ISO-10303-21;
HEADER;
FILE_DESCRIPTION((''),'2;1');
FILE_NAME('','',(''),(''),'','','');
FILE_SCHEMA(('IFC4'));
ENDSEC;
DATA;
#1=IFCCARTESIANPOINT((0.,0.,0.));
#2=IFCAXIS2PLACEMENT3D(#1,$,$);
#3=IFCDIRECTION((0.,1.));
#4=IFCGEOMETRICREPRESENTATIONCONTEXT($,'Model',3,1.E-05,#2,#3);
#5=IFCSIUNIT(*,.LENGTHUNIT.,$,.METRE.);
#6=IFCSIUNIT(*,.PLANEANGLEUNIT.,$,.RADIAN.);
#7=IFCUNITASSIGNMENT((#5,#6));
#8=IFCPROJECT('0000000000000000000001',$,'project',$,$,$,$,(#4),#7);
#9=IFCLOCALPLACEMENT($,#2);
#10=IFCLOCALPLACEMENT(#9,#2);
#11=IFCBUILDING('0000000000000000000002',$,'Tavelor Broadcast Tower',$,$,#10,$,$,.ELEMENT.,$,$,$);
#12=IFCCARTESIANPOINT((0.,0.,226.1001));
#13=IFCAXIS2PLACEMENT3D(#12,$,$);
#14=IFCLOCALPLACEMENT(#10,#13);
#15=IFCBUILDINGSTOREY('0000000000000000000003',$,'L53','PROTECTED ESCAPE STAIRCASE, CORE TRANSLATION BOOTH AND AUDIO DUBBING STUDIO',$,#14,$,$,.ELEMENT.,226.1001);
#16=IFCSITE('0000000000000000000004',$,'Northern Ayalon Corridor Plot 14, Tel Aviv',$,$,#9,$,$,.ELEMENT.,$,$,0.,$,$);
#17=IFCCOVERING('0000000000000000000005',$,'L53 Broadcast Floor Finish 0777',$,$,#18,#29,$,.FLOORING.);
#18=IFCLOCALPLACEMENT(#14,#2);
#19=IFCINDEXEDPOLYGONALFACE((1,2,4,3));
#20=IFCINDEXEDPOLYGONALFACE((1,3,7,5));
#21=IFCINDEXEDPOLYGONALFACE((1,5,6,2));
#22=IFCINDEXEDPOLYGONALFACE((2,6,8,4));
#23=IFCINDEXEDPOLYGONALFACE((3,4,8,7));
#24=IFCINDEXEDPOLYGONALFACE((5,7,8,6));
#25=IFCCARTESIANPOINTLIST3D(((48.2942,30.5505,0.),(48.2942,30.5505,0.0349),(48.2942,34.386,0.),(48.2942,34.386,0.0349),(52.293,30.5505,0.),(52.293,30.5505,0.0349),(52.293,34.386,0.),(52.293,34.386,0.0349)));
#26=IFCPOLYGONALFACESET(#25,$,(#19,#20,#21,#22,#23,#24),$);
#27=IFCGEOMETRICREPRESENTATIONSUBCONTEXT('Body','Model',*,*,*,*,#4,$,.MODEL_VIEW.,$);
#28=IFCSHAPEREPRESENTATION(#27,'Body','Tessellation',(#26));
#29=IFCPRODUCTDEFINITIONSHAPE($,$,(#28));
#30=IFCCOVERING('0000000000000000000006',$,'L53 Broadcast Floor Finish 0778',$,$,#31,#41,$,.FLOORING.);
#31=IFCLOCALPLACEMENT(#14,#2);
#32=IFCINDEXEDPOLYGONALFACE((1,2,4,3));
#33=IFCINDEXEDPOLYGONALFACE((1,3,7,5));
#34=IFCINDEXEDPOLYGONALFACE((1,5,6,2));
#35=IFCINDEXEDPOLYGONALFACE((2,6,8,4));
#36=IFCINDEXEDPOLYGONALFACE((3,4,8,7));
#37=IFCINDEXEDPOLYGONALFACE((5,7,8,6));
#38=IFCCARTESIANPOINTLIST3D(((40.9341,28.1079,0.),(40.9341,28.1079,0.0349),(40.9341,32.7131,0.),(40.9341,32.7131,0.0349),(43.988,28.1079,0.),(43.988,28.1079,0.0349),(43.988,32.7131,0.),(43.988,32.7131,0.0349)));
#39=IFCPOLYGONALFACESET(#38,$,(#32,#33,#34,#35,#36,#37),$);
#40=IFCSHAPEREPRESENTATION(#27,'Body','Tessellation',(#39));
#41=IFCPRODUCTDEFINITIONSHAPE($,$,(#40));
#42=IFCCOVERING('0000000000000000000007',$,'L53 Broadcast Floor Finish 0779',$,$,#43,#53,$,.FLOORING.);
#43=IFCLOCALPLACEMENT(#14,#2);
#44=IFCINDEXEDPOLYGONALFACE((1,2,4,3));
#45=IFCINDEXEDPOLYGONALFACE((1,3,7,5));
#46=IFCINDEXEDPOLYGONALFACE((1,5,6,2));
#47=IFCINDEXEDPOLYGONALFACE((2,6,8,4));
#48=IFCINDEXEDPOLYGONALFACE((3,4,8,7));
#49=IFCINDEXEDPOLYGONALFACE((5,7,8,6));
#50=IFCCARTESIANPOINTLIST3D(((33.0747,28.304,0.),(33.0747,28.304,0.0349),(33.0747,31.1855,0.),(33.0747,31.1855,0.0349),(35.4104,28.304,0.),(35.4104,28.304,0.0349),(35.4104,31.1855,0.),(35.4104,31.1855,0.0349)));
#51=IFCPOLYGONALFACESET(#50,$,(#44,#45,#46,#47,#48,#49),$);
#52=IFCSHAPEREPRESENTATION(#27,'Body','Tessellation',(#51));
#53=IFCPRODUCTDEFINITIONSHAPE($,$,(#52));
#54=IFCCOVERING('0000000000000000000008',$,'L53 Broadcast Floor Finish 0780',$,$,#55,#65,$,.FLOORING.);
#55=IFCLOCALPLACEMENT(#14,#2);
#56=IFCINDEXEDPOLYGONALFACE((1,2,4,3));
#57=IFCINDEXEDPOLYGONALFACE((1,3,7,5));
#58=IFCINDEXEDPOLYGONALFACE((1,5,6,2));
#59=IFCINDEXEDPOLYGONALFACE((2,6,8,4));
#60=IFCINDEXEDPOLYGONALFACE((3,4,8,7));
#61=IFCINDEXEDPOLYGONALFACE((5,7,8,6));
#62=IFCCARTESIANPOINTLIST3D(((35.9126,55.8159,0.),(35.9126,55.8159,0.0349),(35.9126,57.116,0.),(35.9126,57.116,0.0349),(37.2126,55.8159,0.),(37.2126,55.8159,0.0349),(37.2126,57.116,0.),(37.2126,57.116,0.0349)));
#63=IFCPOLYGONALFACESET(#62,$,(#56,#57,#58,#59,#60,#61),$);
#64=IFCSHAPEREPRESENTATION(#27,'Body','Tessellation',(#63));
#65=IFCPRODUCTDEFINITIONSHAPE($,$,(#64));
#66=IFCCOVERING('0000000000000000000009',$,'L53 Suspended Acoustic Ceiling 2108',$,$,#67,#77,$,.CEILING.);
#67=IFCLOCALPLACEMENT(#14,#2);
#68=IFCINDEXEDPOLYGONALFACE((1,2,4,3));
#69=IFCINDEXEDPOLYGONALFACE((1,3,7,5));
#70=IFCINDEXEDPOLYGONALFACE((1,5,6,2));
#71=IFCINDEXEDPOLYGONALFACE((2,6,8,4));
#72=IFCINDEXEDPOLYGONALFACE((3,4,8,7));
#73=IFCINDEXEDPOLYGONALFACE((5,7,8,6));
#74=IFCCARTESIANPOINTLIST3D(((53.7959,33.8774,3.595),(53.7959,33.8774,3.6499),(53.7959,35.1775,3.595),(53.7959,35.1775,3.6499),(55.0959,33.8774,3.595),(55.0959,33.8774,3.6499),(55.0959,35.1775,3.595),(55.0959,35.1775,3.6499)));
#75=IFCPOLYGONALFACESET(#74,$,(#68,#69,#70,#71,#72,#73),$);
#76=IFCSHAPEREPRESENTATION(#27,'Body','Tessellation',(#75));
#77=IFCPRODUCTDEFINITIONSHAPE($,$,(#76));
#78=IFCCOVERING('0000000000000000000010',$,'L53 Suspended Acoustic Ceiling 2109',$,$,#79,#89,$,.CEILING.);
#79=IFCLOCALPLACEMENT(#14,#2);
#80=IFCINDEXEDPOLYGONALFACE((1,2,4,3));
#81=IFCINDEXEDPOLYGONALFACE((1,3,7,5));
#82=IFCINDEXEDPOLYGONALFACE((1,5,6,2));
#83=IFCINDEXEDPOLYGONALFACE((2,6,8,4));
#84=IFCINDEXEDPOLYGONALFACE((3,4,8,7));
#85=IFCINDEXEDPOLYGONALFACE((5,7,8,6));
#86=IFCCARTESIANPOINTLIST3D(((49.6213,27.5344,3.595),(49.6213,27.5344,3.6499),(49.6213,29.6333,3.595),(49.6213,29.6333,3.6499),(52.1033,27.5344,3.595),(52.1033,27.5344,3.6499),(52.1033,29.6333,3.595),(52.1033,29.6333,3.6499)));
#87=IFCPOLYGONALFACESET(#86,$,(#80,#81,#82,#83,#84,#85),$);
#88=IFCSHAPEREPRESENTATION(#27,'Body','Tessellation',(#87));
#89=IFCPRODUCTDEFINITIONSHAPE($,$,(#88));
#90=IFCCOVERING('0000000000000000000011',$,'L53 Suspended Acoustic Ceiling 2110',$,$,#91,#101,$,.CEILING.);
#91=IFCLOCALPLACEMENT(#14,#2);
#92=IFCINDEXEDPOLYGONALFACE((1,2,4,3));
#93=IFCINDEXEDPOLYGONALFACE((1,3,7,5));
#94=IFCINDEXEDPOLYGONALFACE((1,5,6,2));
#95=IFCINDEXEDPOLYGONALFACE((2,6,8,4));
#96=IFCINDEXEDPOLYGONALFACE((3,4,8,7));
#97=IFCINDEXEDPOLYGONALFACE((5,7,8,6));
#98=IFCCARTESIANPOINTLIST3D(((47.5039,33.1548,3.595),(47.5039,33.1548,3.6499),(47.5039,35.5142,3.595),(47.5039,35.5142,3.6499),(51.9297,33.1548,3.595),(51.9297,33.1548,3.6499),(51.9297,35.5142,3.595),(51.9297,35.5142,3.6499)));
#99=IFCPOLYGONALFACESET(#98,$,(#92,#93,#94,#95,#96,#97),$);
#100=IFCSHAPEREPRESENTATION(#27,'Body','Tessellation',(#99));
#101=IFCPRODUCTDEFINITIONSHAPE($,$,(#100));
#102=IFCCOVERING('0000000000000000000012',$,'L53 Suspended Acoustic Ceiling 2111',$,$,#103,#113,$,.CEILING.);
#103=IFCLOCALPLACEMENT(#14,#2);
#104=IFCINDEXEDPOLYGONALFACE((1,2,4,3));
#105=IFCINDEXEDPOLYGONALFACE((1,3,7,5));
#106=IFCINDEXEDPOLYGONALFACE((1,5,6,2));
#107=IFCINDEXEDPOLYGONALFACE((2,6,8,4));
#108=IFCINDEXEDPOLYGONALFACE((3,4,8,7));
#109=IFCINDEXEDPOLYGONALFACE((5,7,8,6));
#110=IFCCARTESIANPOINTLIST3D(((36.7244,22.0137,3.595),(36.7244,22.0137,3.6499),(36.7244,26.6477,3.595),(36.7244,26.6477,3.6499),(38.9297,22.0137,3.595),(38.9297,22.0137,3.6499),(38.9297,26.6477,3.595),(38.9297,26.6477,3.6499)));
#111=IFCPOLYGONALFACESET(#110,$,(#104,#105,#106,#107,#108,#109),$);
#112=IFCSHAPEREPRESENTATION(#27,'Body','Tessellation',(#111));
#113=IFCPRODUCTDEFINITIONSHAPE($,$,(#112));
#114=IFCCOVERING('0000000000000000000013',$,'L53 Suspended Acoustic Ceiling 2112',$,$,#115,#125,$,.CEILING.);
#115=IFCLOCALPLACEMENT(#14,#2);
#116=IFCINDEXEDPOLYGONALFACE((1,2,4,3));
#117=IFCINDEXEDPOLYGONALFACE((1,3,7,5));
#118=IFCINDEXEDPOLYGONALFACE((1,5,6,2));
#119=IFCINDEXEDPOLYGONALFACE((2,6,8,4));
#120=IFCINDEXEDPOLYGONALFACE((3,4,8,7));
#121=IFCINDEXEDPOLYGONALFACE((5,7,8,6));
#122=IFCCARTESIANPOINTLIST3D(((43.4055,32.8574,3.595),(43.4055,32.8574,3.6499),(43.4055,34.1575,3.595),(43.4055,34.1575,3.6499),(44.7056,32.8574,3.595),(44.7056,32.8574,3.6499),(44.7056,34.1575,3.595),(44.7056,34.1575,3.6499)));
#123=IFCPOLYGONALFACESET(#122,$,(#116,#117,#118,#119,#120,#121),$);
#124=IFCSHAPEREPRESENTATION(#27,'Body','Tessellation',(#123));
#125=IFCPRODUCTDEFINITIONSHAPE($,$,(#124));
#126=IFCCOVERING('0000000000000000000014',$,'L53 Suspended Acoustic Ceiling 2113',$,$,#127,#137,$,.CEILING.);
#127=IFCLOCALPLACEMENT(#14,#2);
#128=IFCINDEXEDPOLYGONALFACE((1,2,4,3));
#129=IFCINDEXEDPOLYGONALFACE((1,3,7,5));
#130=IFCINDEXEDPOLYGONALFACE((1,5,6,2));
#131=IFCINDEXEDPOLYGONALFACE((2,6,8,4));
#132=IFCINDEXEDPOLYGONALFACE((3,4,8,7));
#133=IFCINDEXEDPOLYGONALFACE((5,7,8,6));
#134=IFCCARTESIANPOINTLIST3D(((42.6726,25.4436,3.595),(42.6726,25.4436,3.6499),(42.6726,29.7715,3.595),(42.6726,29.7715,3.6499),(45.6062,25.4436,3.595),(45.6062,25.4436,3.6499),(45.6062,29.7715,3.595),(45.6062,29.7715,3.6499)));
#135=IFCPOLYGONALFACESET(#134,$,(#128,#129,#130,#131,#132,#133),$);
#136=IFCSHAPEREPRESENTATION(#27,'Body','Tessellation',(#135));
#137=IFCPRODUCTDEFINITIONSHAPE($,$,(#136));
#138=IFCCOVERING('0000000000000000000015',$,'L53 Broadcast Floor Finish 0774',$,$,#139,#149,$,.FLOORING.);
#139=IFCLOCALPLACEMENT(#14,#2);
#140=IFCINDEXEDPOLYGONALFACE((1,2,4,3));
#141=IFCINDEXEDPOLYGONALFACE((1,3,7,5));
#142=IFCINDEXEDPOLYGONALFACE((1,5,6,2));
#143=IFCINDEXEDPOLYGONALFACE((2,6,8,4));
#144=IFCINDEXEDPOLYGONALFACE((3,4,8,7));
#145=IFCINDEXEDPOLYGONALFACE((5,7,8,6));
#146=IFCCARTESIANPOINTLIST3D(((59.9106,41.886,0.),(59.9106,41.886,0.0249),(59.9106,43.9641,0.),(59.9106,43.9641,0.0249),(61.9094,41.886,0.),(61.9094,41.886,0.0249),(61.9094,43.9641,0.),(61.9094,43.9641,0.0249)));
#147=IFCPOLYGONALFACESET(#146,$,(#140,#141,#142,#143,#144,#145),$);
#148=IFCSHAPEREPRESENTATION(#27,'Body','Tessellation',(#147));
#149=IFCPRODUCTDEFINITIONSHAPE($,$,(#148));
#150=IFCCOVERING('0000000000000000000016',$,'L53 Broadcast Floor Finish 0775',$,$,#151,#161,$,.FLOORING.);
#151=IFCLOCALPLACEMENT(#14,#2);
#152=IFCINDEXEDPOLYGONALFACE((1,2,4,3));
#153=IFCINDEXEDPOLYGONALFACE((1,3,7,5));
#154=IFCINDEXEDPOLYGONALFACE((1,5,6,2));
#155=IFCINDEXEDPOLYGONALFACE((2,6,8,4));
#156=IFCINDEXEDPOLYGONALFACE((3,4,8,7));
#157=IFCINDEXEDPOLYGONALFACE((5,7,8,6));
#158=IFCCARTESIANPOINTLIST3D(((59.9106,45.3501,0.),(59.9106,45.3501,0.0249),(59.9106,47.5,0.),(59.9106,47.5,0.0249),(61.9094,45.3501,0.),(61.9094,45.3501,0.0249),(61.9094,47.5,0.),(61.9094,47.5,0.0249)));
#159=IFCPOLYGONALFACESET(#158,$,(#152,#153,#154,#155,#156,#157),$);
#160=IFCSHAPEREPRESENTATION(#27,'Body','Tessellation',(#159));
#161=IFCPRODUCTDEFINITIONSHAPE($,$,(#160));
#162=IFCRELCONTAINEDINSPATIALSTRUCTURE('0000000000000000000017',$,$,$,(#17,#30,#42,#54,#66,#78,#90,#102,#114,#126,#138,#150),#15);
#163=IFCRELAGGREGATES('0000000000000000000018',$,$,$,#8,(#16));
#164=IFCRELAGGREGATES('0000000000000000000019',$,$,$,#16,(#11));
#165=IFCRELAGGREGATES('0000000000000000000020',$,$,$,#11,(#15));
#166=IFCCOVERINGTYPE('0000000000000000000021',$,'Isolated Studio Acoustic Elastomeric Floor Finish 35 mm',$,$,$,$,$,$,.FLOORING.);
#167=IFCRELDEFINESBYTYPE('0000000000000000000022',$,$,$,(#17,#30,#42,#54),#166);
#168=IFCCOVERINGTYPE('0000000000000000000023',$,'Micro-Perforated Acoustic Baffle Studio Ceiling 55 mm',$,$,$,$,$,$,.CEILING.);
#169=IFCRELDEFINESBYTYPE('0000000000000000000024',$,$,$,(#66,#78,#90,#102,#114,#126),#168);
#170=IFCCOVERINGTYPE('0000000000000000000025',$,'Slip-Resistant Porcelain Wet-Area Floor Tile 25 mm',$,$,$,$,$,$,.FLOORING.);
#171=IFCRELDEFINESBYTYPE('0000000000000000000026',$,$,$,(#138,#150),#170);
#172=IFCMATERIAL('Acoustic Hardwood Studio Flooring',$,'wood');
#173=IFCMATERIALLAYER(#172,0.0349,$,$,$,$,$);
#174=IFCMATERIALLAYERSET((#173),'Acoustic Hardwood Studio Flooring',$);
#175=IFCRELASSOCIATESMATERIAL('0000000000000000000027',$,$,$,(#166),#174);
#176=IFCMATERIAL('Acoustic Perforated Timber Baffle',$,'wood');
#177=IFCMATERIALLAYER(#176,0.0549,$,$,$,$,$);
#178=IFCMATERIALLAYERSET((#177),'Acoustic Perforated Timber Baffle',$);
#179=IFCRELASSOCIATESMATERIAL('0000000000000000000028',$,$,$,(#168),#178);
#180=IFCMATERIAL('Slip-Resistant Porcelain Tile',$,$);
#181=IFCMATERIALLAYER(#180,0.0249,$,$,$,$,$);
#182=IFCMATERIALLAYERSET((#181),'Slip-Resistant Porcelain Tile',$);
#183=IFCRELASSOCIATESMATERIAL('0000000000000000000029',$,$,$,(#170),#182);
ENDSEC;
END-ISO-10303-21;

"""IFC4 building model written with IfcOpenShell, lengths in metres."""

from ifc_helpers import new_model, si_unit, direction, frame, origin, place, context, subcontext, project, spatial, polyline, outline, extrude, material, layer, layer_set, type_object, element, save


model = new_model("IFC4")

# Units and contexts
model_context = context("Model", 3, precision=1e-05, world=origin(), true_north=direction((0.0, 1.0)))
body_context = subcontext(model_context, "Body", "Model", "MODEL_VIEW")
ifc_project = project(units=[si_unit("LENGTHUNIT", "METRE"), si_unit("PLANEANGLEUNIT", "RADIAN")], contexts=[model_context])

# Site, building, storey
site_placement = place(None, origin())
site = spatial("IfcSite", under=ifc_project, at=site_placement, Name="Northern Ayalon Corridor Plot 14, Tel Aviv", CompositionType="ELEMENT", RefElevation=0.0)
building_placement = place(site_placement, origin())
building = spatial("IfcBuilding", under=site, at=building_placement, Name="Tavelor Broadcast Tower", CompositionType="ELEMENT")
storey_placement = place(building_placement, frame((0.0, 0.0, 226.1001)))
storey = spatial("IfcBuildingStorey", under=building, at=storey_placement, Name="L53", Description="PROTECTED ESCAPE STAIRCASE, CORE TRANSLATION BOOTH AND AUDIO DUBBING STUDIO", CompositionType="ELEMENT", Elevation=226.1001)

# Coverings
ifc_material_1 = material(Name="Acoustic Hardwood Studio Flooring", Category="wood")
ifc_layer_1 = layer(ifc_material_1, 0.0349)
ifc_layer_set_1 = layer_set([ifc_layer_1], Name="Acoustic Hardwood Studio Flooring")
covering_type_1 = type_object("IfcCoveringType", Name="Isolated Studio Acoustic Elastomeric Floor Finish 35 mm", PredefinedType="FLOORING", material=ifc_layer_set_1)
covering_1_placement = place(storey_placement, origin())
element("IfcCovering", 1, at=covering_1_placement, inside=storey, type_object=covering_type_1, Name="L53 Broadcast Floor Finish 0777", PredefinedType="FLOORING", context=body_context, shape_type="SweptSolid", body=[
    extrude(outline(polyline([(48.2942, 30.5505), (52.293, 30.5505), (52.293, 34.386), (48.2942, 34.386), (48.2942, 30.5505)])), origin(), (0.0, 0.0, 1.0), 0.0349),
])
covering_2_placement = place(storey_placement, origin())
element("IfcCovering", 2, at=covering_2_placement, inside=storey, type_object=covering_type_1, Name="L53 Broadcast Floor Finish 0778", PredefinedType="FLOORING", context=body_context, shape_type="SweptSolid", body=[
    extrude(outline(polyline([(40.9341, 28.1079), (43.988, 28.1079), (43.988, 32.7131), (40.9341, 32.7131), (40.9341, 28.1079)])), origin(), (0.0, 0.0, 1.0), 0.0349),
])
covering_3_placement = place(storey_placement, origin())
element("IfcCovering", 3, at=covering_3_placement, inside=storey, type_object=covering_type_1, Name="L53 Broadcast Floor Finish 0779", PredefinedType="FLOORING", context=body_context, shape_type="SweptSolid", body=[
    extrude(outline(polyline([(33.0747, 28.304), (35.4104, 28.304), (35.4104, 31.1855), (33.0747, 31.1855), (33.0747, 28.304)])), origin(), (0.0, 0.0, 1.0), 0.0349),
])
covering_4_placement = place(storey_placement, origin())
element("IfcCovering", 4, at=covering_4_placement, inside=storey, type_object=covering_type_1, Name="L53 Broadcast Floor Finish 0780", PredefinedType="FLOORING", context=body_context, shape_type="SweptSolid", body=[
    extrude(outline(polyline([(35.9126, 55.8159), (37.2126, 55.8159), (37.2126, 57.116), (35.9126, 57.116), (35.9126, 55.8159)])), origin(), (0.0, 0.0, 1.0), 0.0349),
])
ifc_material_2 = material(Name="Acoustic Perforated Timber Baffle", Category="wood")
ifc_layer_2 = layer(ifc_material_2, 0.0549)
ifc_layer_set_2 = layer_set([ifc_layer_2], Name="Acoustic Perforated Timber Baffle")
covering_type_2 = type_object("IfcCoveringType", Name="Micro-Perforated Acoustic Baffle Studio Ceiling 55 mm", PredefinedType="CEILING", material=ifc_layer_set_2)
covering_5_placement = place(storey_placement, frame((0.0, 0.0, 3.595)))
element("IfcCovering", 5, at=covering_5_placement, inside=storey, type_object=covering_type_2, Name="L53 Suspended Acoustic Ceiling 2108", PredefinedType="CEILING", context=body_context, shape_type="SweptSolid", body=[
    extrude(outline(polyline([(53.7959, 33.8774), (55.0959, 33.8774), (55.0959, 35.1775), (53.7959, 35.1775), (53.7959, 33.8774)])), origin(), (0.0, 0.0, 1.0), 0.0549),
])
covering_6_placement = place(storey_placement, frame((0.0, 0.0, 3.595)))
element("IfcCovering", 6, at=covering_6_placement, inside=storey, type_object=covering_type_2, Name="L53 Suspended Acoustic Ceiling 2109", PredefinedType="CEILING", context=body_context, shape_type="SweptSolid", body=[
    extrude(outline(polyline([(49.6213, 27.5344), (52.1033, 27.5344), (52.1033, 29.6333), (49.6213, 29.6333), (49.6213, 27.5344)])), origin(), (0.0, 0.0, 1.0), 0.0549),
])
covering_7_placement = place(storey_placement, frame((0.0, 0.0, 3.595)))
element("IfcCovering", 7, at=covering_7_placement, inside=storey, type_object=covering_type_2, Name="L53 Suspended Acoustic Ceiling 2110", PredefinedType="CEILING", context=body_context, shape_type="SweptSolid", body=[
    extrude(outline(polyline([(47.5039, 33.1548), (51.9297, 33.1548), (51.9297, 35.5142), (47.5039, 35.5142), (47.5039, 33.1548)])), origin(), (0.0, 0.0, 1.0), 0.0549),
])
covering_8_placement = place(storey_placement, frame((0.0, 0.0, 3.595)))
element("IfcCovering", 8, at=covering_8_placement, inside=storey, type_object=covering_type_2, Name="L53 Suspended Acoustic Ceiling 2111", PredefinedType="CEILING", context=body_context, shape_type="SweptSolid", body=[
    extrude(outline(polyline([(36.7244, 22.0137), (38.9297, 22.0137), (38.9297, 26.6477), (36.7244, 26.6477), (36.7244, 22.0137)])), origin(), (0.0, 0.0, 1.0), 0.0549),
])
covering_9_placement = place(storey_placement, frame((0.0, 0.0, 3.595)))
element("IfcCovering", 9, at=covering_9_placement, inside=storey, type_object=covering_type_2, Name="L53 Suspended Acoustic Ceiling 2112", PredefinedType="CEILING", context=body_context, shape_type="SweptSolid", body=[
    extrude(outline(polyline([(43.4055, 32.8574), (44.7056, 32.8574), (44.7056, 34.1575), (43.4055, 34.1575), (43.4055, 32.8574)])), origin(), (0.0, 0.0, 1.0), 0.0549),
])
covering_10_placement = place(storey_placement, frame((0.0, 0.0, 3.595)))
element("IfcCovering", 10, at=covering_10_placement, inside=storey, type_object=covering_type_2, Name="L53 Suspended Acoustic Ceiling 2113", PredefinedType="CEILING", context=body_context, shape_type="SweptSolid", body=[
    extrude(outline(polyline([(42.6726, 25.4436), (45.6062, 25.4436), (45.6062, 29.7715), (42.6726, 29.7715), (42.6726, 25.4436)])), origin(), (0.0, 0.0, 1.0), 0.0549),
])
ifc_material_3 = material(Name="Slip-Resistant Porcelain Tile")
ifc_layer_3 = layer(ifc_material_3, 0.0249)
ifc_layer_set_3 = layer_set([ifc_layer_3], Name="Slip-Resistant Porcelain Tile")
covering_type_3 = type_object("IfcCoveringType", Name="Slip-Resistant Porcelain Wet-Area Floor Tile 25 mm", PredefinedType="FLOORING", material=ifc_layer_set_3)
covering_11_placement = place(storey_placement, origin())
element("IfcCovering", 11, at=covering_11_placement, inside=storey, type_object=covering_type_3, Name="L53 Broadcast Floor Finish 0774", PredefinedType="FLOORING", context=body_context, shape_type="SweptSolid", body=[
    extrude(outline(polyline([(59.9106, 41.886), (61.9094, 41.886), (61.9094, 43.9641), (59.9106, 43.9641), (59.9106, 41.886)])), origin(), (0.0, 0.0, 1.0), 0.0249),
])
covering_12_placement = place(storey_placement, origin())
element("IfcCovering", 12, at=covering_12_placement, inside=storey, type_object=covering_type_3, Name="L53 Broadcast Floor Finish 0775", PredefinedType="FLOORING", context=body_context, shape_type="SweptSolid", body=[
    extrude(outline(polyline([(59.9106, 45.3501), (61.9094, 45.3501), (61.9094, 47.5), (59.9106, 47.5), (59.9106, 45.3501)])), origin(), (0.0, 0.0, 1.0), 0.0249),
])

save(model, "model.ifc")
